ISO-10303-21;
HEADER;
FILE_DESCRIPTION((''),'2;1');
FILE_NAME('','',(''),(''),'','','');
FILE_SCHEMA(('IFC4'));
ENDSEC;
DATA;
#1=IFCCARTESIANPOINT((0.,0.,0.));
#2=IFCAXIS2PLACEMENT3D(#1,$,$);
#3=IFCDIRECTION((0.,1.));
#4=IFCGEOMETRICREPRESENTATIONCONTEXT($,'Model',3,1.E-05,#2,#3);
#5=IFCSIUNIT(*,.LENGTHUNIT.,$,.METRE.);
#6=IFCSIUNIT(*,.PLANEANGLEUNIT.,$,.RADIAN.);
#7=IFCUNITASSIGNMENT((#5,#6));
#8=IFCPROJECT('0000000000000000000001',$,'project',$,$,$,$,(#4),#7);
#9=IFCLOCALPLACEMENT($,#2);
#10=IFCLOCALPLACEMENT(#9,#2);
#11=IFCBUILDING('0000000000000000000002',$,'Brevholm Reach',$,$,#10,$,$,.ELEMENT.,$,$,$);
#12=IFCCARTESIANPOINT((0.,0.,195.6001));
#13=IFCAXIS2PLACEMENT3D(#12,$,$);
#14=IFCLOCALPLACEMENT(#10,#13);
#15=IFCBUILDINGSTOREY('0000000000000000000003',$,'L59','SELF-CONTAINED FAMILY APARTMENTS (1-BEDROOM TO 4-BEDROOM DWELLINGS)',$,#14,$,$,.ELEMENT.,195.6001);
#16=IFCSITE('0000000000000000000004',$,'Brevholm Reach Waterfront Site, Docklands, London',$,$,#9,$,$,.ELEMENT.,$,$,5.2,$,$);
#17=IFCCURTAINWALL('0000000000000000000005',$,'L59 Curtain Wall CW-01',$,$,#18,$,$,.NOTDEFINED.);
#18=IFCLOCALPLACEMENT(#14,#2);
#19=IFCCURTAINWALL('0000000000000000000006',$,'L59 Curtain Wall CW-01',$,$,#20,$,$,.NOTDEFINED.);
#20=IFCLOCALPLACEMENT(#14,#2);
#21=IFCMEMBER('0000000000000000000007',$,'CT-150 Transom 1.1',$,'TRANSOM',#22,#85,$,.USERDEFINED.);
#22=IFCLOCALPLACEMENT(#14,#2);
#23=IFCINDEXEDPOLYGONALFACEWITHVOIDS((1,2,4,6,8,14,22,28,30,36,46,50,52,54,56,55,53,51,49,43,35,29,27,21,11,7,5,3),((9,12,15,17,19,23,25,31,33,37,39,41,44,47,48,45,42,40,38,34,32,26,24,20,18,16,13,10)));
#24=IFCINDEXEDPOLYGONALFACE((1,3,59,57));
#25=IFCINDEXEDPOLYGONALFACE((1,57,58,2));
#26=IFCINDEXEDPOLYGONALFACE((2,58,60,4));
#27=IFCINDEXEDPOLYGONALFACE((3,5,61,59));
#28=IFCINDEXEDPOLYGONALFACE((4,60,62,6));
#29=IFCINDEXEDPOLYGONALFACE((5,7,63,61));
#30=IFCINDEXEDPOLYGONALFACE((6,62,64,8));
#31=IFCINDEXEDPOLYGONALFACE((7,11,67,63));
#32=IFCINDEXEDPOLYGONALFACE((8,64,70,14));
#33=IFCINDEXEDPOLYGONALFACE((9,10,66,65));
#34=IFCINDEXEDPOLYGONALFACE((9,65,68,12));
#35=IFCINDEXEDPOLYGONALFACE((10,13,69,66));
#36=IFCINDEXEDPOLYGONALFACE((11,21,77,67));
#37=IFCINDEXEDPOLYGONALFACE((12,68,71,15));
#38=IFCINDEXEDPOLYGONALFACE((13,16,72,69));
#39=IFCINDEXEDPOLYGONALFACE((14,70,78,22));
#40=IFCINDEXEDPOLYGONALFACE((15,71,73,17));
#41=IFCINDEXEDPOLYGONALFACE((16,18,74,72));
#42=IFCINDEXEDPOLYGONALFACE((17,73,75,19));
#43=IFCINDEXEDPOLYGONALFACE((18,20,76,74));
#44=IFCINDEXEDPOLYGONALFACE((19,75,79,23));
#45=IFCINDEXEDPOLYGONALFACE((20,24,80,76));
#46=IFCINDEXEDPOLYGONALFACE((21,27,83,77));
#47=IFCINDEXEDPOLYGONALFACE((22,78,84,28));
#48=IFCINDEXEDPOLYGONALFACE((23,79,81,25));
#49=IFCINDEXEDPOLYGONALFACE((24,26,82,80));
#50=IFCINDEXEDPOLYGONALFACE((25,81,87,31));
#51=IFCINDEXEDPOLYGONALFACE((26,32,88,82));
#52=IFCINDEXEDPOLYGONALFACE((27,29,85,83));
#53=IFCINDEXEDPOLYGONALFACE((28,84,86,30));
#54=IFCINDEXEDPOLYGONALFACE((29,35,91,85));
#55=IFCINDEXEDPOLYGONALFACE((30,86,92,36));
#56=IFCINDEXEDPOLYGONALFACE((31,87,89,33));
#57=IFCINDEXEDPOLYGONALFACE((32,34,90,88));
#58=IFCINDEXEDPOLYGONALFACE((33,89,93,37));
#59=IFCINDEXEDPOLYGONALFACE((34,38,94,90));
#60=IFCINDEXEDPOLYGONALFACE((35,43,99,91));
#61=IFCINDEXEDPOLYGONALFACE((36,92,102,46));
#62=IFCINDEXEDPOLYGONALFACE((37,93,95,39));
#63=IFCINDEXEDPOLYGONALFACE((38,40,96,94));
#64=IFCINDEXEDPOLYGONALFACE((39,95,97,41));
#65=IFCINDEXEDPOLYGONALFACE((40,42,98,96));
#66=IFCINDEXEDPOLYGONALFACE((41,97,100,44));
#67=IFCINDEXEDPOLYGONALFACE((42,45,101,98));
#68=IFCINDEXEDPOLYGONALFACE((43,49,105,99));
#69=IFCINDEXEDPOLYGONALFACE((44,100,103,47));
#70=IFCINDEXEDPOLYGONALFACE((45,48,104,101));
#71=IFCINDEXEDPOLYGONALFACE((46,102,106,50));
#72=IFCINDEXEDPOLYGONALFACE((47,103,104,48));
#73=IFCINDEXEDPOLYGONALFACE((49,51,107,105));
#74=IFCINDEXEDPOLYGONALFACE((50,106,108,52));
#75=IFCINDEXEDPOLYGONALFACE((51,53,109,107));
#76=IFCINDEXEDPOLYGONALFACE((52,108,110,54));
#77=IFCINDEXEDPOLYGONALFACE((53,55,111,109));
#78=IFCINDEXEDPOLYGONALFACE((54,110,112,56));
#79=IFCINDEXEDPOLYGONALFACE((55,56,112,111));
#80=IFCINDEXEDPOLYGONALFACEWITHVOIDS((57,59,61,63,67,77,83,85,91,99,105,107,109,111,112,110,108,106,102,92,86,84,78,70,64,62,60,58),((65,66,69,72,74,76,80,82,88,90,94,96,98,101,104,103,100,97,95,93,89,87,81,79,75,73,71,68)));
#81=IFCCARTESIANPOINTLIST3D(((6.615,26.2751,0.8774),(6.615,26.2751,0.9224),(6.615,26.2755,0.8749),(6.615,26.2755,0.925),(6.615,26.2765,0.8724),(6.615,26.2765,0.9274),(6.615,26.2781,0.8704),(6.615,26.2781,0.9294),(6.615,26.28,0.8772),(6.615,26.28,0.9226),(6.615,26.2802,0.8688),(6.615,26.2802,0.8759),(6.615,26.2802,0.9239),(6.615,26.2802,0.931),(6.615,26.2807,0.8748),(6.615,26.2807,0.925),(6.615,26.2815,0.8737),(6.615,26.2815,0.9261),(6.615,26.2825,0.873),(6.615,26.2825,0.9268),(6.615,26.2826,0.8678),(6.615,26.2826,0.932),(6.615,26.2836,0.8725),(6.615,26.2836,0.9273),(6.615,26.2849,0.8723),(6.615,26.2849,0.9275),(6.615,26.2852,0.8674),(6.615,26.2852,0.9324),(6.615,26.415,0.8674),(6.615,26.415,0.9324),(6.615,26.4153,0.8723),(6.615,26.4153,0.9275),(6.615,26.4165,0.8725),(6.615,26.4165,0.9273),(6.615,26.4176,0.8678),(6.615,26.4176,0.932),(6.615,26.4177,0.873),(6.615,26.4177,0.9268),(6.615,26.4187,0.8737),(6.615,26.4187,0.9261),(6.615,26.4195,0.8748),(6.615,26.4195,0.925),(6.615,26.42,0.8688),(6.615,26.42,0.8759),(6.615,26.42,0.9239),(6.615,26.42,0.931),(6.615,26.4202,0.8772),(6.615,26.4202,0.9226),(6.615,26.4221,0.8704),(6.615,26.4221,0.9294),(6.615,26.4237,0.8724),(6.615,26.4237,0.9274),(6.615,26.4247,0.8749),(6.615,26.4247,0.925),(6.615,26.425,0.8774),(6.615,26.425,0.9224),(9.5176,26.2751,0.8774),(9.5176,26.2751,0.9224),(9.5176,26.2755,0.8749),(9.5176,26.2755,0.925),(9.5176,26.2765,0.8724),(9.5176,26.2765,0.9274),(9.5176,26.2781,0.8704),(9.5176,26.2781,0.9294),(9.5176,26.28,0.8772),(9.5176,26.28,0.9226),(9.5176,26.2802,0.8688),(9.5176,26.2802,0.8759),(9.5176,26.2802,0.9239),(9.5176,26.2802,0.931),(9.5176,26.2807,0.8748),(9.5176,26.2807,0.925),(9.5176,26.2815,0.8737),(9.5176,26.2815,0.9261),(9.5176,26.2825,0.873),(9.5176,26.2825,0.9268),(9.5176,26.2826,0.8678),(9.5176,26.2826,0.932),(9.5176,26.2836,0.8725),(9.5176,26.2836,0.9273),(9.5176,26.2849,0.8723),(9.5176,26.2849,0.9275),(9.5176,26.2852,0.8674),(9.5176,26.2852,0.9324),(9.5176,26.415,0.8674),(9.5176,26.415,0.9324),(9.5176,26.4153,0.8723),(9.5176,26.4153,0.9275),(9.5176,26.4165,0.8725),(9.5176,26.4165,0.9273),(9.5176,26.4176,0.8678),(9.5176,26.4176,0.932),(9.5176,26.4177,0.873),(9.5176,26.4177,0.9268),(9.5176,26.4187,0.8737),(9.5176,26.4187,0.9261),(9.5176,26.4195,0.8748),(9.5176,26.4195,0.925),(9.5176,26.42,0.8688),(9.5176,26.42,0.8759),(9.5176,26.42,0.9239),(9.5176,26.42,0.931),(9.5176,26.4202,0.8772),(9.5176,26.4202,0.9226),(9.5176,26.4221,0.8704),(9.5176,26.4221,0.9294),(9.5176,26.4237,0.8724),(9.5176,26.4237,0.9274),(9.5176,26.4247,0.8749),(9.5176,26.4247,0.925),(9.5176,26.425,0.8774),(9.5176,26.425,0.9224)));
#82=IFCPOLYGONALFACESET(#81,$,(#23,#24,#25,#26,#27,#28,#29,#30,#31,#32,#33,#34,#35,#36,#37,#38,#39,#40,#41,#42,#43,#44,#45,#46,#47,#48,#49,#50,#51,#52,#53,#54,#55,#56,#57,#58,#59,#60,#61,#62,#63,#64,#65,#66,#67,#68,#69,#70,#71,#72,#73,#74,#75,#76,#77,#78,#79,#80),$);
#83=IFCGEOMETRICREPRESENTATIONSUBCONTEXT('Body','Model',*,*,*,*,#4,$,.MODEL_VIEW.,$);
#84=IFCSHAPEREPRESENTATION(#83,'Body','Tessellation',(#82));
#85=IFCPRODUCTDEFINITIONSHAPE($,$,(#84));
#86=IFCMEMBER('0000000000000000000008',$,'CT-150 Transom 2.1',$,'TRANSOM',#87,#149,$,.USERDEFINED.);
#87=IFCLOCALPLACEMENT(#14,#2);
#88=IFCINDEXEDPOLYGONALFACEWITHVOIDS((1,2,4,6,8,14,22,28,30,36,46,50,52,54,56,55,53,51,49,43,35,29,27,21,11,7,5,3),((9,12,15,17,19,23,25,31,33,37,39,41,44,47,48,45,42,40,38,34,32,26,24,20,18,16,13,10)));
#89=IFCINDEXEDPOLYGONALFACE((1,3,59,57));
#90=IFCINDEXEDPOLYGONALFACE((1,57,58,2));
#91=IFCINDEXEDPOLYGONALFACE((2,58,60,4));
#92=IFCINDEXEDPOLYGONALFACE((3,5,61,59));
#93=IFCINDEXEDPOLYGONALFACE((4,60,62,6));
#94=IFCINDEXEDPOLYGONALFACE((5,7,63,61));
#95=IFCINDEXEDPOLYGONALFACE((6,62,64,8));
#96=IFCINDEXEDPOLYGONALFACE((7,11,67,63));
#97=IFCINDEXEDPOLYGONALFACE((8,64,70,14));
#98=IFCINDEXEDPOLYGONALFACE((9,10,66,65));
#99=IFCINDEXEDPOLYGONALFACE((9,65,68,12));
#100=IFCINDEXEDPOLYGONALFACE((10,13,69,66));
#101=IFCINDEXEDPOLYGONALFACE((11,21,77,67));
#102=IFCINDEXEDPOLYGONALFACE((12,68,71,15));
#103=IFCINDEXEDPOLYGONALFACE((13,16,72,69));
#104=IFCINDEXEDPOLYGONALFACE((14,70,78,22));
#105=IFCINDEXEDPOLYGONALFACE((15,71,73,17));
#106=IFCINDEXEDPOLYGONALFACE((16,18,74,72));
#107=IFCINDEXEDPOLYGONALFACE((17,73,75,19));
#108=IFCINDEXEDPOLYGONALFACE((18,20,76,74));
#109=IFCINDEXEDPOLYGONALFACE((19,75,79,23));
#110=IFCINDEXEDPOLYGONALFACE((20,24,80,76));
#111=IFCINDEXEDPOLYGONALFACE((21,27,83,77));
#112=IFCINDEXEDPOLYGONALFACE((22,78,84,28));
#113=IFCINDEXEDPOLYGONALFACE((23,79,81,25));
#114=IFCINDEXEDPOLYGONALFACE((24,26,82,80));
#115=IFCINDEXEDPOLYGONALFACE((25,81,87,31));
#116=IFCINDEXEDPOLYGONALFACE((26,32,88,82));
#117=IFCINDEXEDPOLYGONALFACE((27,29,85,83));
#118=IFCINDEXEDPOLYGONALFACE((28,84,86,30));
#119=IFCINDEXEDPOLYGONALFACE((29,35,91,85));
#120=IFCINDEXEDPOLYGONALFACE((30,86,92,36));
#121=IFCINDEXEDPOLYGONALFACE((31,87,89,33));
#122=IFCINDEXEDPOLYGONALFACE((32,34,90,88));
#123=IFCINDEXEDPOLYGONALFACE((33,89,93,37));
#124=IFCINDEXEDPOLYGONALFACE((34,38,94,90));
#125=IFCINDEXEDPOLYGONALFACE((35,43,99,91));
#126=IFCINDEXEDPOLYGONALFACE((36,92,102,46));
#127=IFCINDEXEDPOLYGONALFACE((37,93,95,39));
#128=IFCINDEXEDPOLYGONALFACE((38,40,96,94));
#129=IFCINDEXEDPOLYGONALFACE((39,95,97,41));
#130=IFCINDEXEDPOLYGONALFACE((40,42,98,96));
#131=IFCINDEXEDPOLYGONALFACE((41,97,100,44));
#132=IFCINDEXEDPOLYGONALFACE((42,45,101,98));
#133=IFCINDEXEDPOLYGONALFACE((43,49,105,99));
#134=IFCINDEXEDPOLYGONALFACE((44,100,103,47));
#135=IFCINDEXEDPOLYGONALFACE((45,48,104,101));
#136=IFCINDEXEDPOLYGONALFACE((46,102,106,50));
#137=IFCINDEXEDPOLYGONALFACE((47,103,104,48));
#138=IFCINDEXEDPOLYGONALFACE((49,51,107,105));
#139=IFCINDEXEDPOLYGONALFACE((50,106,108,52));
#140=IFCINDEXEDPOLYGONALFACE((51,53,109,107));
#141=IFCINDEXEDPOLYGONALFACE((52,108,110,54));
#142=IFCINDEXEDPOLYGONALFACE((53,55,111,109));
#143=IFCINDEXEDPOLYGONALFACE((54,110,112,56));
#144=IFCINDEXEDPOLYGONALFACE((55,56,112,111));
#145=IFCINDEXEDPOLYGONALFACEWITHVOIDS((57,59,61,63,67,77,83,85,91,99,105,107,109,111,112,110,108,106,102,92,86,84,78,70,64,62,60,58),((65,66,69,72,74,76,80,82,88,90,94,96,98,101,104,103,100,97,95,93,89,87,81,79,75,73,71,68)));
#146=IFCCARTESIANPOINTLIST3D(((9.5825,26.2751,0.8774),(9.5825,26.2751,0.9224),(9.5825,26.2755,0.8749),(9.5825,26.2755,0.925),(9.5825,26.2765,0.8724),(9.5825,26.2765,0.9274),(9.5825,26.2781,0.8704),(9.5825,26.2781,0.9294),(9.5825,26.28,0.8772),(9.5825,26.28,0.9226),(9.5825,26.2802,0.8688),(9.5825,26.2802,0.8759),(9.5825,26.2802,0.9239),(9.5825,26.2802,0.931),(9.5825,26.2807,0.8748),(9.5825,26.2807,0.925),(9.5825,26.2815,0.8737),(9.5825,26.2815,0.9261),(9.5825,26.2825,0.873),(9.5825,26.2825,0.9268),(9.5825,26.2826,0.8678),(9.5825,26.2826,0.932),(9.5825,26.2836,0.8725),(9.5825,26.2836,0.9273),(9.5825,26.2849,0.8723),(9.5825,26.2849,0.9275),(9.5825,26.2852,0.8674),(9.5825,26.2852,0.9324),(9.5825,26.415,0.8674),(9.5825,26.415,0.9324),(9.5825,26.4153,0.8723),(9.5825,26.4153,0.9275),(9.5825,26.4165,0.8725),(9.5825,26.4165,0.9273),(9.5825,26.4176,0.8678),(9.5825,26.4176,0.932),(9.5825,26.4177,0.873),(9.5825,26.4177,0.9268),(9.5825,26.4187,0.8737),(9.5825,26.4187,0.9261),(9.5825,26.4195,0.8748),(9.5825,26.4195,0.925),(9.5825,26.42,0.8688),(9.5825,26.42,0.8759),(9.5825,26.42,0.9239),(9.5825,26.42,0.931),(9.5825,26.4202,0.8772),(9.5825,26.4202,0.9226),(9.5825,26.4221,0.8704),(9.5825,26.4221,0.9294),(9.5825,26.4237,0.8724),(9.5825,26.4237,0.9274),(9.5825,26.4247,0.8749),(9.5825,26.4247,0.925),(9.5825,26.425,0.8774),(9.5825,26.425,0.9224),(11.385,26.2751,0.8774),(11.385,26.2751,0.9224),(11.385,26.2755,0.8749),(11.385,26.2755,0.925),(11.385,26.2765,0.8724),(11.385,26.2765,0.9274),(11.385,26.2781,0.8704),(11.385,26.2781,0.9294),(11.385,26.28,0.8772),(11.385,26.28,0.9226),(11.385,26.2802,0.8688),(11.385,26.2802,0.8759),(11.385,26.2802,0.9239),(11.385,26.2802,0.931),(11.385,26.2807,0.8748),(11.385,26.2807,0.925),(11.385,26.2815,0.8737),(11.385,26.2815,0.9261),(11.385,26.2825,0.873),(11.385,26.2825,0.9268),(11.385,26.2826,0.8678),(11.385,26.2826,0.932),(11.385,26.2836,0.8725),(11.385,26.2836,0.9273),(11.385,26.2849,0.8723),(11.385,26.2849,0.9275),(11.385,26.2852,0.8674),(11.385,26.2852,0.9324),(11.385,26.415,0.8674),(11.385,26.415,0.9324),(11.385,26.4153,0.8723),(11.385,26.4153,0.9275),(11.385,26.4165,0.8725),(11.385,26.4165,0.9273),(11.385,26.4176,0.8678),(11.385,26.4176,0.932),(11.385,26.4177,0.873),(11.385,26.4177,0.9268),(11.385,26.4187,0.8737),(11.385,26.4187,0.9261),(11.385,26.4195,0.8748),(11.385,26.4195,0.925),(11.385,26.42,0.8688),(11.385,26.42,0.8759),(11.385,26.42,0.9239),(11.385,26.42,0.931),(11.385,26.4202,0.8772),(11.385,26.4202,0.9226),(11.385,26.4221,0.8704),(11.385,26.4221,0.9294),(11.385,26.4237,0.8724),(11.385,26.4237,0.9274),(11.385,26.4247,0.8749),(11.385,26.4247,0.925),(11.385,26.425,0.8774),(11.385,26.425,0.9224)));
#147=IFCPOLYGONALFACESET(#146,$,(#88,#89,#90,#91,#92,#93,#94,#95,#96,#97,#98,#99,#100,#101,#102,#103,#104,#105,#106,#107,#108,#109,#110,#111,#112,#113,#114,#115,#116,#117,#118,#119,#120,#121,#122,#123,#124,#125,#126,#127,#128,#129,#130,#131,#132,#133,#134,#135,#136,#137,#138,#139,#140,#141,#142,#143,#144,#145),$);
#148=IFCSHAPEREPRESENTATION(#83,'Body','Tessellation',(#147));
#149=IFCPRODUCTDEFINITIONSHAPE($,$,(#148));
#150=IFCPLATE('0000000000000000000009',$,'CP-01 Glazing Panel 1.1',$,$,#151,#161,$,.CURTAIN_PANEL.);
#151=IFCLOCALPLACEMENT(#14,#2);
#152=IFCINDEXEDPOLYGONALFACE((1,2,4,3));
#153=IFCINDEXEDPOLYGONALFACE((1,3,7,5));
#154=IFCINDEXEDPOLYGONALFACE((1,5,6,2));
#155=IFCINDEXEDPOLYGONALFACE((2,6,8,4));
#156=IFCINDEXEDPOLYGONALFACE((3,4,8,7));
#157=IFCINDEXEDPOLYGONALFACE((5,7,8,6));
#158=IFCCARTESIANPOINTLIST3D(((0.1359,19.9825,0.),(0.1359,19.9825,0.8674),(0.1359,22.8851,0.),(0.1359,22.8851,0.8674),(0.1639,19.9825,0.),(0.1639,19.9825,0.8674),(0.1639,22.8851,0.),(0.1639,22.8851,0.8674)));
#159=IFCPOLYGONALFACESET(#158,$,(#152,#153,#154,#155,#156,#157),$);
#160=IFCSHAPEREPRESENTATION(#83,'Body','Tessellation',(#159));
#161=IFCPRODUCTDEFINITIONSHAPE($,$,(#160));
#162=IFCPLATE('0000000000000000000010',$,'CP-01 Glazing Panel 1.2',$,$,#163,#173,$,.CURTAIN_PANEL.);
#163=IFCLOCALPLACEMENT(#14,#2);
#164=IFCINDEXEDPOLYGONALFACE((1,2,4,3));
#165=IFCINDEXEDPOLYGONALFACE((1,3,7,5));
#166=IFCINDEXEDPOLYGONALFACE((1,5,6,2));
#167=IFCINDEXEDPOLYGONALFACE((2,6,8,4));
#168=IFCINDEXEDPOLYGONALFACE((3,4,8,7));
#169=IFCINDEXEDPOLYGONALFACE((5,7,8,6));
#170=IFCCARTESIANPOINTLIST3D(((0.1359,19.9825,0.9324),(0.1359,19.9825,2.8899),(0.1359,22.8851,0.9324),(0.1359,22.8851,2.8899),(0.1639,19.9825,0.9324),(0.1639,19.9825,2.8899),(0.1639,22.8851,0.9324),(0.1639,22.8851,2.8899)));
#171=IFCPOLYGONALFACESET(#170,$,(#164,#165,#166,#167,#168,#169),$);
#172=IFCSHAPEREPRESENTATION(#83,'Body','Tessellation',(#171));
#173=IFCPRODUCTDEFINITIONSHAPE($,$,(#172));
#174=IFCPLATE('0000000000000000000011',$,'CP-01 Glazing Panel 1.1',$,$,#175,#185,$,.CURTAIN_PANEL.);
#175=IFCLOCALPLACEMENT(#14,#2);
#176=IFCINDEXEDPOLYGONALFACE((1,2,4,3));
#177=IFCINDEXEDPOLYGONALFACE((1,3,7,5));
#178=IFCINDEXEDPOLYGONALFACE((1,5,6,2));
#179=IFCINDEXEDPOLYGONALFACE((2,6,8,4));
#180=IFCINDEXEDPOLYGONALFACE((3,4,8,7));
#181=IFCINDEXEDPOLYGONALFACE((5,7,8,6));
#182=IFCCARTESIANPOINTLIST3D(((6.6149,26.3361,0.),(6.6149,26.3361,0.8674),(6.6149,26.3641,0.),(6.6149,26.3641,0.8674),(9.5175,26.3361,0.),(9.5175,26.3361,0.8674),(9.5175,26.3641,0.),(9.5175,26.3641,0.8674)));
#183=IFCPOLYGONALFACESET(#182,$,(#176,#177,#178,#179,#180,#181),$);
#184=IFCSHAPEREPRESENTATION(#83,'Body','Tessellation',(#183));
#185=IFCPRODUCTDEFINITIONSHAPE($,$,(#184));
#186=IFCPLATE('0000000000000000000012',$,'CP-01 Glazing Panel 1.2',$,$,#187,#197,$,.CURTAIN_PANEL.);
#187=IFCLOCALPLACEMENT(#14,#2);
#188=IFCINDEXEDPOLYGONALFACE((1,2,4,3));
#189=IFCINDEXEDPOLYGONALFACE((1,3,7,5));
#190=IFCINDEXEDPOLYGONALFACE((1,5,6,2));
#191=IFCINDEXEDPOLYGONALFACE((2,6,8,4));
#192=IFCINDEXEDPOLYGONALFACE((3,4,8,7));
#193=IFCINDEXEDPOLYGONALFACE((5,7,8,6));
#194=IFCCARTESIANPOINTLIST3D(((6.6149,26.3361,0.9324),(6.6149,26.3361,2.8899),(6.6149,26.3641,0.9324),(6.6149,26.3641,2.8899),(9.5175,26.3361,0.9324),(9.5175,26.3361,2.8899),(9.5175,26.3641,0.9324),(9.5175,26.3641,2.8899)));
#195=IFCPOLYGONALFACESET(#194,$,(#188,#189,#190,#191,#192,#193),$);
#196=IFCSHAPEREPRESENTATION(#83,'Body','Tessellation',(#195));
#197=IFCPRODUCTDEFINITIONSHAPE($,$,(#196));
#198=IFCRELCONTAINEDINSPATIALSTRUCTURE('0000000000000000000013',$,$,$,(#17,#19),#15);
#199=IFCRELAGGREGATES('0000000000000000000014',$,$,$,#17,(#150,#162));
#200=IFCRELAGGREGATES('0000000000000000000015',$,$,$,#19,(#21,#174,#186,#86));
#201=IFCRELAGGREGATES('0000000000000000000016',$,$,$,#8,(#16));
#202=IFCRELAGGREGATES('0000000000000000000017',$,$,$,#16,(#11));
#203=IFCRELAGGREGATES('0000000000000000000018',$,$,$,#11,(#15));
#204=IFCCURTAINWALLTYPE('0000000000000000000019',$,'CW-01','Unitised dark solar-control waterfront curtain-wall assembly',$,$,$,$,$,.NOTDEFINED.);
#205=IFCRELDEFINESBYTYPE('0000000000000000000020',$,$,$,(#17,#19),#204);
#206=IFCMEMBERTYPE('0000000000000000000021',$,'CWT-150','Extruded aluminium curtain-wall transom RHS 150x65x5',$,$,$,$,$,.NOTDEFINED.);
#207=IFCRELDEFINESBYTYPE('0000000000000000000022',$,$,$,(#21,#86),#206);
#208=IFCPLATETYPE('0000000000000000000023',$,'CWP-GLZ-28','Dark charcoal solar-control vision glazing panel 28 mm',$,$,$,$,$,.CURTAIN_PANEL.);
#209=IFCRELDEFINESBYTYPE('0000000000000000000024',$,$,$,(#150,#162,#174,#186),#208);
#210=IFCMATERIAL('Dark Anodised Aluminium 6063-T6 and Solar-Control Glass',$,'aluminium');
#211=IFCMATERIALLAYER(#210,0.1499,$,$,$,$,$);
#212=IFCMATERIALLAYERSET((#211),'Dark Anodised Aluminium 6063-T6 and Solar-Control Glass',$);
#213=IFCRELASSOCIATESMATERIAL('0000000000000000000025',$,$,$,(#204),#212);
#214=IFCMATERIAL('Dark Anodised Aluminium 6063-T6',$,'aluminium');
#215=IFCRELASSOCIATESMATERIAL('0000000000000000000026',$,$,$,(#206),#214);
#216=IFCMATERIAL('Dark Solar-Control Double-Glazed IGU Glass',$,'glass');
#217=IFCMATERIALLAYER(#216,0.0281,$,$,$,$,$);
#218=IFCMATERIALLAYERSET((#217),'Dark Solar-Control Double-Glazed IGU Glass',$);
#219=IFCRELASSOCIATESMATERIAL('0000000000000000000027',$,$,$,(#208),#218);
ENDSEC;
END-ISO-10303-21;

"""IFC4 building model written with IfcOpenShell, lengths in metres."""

from ifc_helpers import new_model, si_unit, direction, frame, origin, origin_2d, place, context, subcontext, project, spatial, rectangle, hollow_rectangle, extrude, material, layer, layer_set, material_profile, profile_set, type_object, element, aggregate, save


model = new_model("IFC4")

# Units and contexts
model_context = context("Model", 3, precision=1e-05, world=origin(), true_north=direction((0.0, 1.0)))
body_context = subcontext(model_context, "Body", "Model", "MODEL_VIEW")
ifc_project = project(units=[si_unit("LENGTHUNIT", "METRE"), si_unit("PLANEANGLEUNIT", "RADIAN")], contexts=[model_context])

# Site, building, storey
site_placement = place(None, origin())
site = spatial("IfcSite", under=ifc_project, at=site_placement, Name="Brevholm Reach Waterfront Site, Docklands, London", CompositionType="ELEMENT", RefElevation=5.2)
building_placement = place(site_placement, origin())
building = spatial("IfcBuilding", under=site, at=building_placement, Name="Brevholm Reach", CompositionType="ELEMENT")
storey_placement = place(building_placement, frame((0.0, 0.0, 195.6001)))
storey = spatial("IfcBuildingStorey", under=building, at=storey_placement, Name="L59", Description="SELF-CONTAINED FAMILY APARTMENTS (1-BEDROOM TO 4-BEDROOM DWELLINGS)", CompositionType="ELEMENT", Elevation=195.6001)

# Curtain wall
ifc_material_1 = material(Name="Dark Anodised Aluminium 6063-T6 and Solar-Control Glass", Category="aluminium")
ifc_layer_1 = layer(ifc_material_1, 0.1499)
ifc_layer_set_1 = layer_set([ifc_layer_1], Name="Dark Anodised Aluminium 6063-T6 and Solar-Control Glass")
curtain_wall_type = type_object("IfcCurtainWallType", Name="CW-01", Description="Unitised dark solar-control waterfront curtain-wall assembly", PredefinedType="NOTDEFINED", material=ifc_layer_set_1)
curtain_wall_1_placement = place(storey_placement, origin())
curtain_wall_1 = element("IfcCurtainWall", 1, at=curtain_wall_1_placement, inside=storey, type_object=curtain_wall_type, Name="L59 Curtain Wall CW-01", PredefinedType="NOTDEFINED")

# Curtain wall
curtain_wall_2_placement = place(storey_placement, origin())
curtain_wall_2 = element("IfcCurtainWall", 2, at=curtain_wall_2_placement, inside=storey, type_object=curtain_wall_type, Name="L59 Curtain Wall CW-01", PredefinedType="NOTDEFINED")

# Members
ifc_material_2 = material(Name="Dark Anodised Aluminium 6063-T6", Category="aluminium")
ifc_material_profile_1 = material_profile(ifc_material_2, hollow_rectangle(XDim=0.0649, YDim=0.1499, WallThickness=0.0049, InnerFilletRadius=0.0049, OuterFilletRadius=0.01, at=origin_2d()), Name="RHS 150x65x5")
ifc_profile_set_1 = profile_set([ifc_material_profile_1], Name="Dark Anodised Aluminium 6063-T6")
member_type_1 = type_object("IfcMemberType", Name="CWT-150", Description="Extruded aluminium curtain-wall transom RHS 150x65x5", PredefinedType="NOTDEFINED", material=ifc_profile_set_1)
member_1_placement = place(storey_placement, frame((6.615, 26.3501, 0.8999), z_axis=(1.0, 0.0, 0.0), x_axis=(0.0, 0.0, 1.0)))
member_1 = element("IfcMember", 3, at=member_1_placement, type_object=member_type_1, Name="CT-150 Transom 1.1", ObjectType="TRANSOM", PredefinedType="USERDEFINED", context=body_context, shape_type="SweptSolid", body=[
    extrude(hollow_rectangle(XDim=0.0649, YDim=0.1499, WallThickness=0.0049, InnerFilletRadius=0.0049, OuterFilletRadius=0.01, at=origin_2d()), origin(), (0.0, 0.0, 1.0), 2.9026),
])
member_2_placement = place(storey_placement, frame((9.5825, 26.3501, 0.8999), z_axis=(1.0, 0.0, 0.0), x_axis=(0.0, 0.0, 1.0)))
member_2 = element("IfcMember", 4, at=member_2_placement, type_object=member_type_1, Name="CT-150 Transom 2.1", ObjectType="TRANSOM", PredefinedType="USERDEFINED", context=body_context, shape_type="SweptSolid", body=[
    extrude(hollow_rectangle(XDim=0.0649, YDim=0.1499, WallThickness=0.0049, InnerFilletRadius=0.0049, OuterFilletRadius=0.01, at=origin_2d()), origin(), (0.0, 0.0, 1.0), 1.8025),
])

# Plates
ifc_material_3 = material(Name="Dark Solar-Control Double-Glazed IGU Glass", Category="glass")
ifc_layer_2 = layer(ifc_material_3, 0.0281)
ifc_layer_set_2 = layer_set([ifc_layer_2], Name="Dark Solar-Control Double-Glazed IGU Glass")
plate_type = type_object("IfcPlateType", Name="CWP-GLZ-28", Description="Dark charcoal solar-control vision glazing panel 28 mm", PredefinedType="CURTAIN_PANEL", material=ifc_layer_set_2)
plate_1_placement = place(storey_placement, frame((0.1499, 21.4338, 0.0), z_axis=(0.0, 0.0, 1.0), x_axis=(0.0, -1.0, 0.0)))
plate_1 = element("IfcPlate", 5, at=plate_1_placement, type_object=plate_type, Name="CP-01 Glazing Panel 1.1", PredefinedType="CURTAIN_PANEL", context=body_context, shape_type="SweptSolid", body=[
    extrude(rectangle(XDim=2.9026, YDim=0.0281, at=origin_2d()), origin(), (0.0, 0.0, 1.0), 0.8674),
])
plate_2_placement = place(storey_placement, frame((0.1499, 21.4338, 0.9324), z_axis=(0.0, 0.0, 1.0), x_axis=(0.0, -1.0, 0.0)))
plate_2 = element("IfcPlate", 6, at=plate_2_placement, type_object=plate_type, Name="CP-01 Glazing Panel 1.2", PredefinedType="CURTAIN_PANEL", context=body_context, shape_type="SweptSolid", body=[
    extrude(rectangle(XDim=2.9026, YDim=0.0281, at=origin_2d()), origin(), (0.0, 0.0, 1.0), 1.9575),
])
aggregate(curtain_wall_1, [plate_1, plate_2])
plate_3_placement = place(storey_placement, frame((8.0662, 26.3501, 0.0), z_axis=(0.0, 0.0, 1.0), x_axis=(1.0, 0.0, 0.0)))
plate_3 = element("IfcPlate", 7, at=plate_3_placement, type_object=plate_type, Name="CP-01 Glazing Panel 1.1", PredefinedType="CURTAIN_PANEL", context=body_context, shape_type="SweptSolid", body=[
    extrude(rectangle(XDim=2.9026, YDim=0.0281, at=origin_2d()), origin(), (0.0, 0.0, 1.0), 0.8674),
])
plate_4_placement = place(storey_placement, frame((8.0662, 26.3501, 0.9324), z_axis=(0.0, 0.0, 1.0), x_axis=(1.0, 0.0, 0.0)))
plate_4 = element("IfcPlate", 8, at=plate_4_placement, type_object=plate_type, Name="CP-01 Glazing Panel 1.2", PredefinedType="CURTAIN_PANEL", context=body_context, shape_type="SweptSolid", body=[
    extrude(rectangle(XDim=2.9026, YDim=0.0281, at=origin_2d()), origin(), (0.0, 0.0, 1.0), 1.9575),
])
aggregate(curtain_wall_2, [member_1, plate_3, plate_4, member_2])

save(model, "model.ifc")
